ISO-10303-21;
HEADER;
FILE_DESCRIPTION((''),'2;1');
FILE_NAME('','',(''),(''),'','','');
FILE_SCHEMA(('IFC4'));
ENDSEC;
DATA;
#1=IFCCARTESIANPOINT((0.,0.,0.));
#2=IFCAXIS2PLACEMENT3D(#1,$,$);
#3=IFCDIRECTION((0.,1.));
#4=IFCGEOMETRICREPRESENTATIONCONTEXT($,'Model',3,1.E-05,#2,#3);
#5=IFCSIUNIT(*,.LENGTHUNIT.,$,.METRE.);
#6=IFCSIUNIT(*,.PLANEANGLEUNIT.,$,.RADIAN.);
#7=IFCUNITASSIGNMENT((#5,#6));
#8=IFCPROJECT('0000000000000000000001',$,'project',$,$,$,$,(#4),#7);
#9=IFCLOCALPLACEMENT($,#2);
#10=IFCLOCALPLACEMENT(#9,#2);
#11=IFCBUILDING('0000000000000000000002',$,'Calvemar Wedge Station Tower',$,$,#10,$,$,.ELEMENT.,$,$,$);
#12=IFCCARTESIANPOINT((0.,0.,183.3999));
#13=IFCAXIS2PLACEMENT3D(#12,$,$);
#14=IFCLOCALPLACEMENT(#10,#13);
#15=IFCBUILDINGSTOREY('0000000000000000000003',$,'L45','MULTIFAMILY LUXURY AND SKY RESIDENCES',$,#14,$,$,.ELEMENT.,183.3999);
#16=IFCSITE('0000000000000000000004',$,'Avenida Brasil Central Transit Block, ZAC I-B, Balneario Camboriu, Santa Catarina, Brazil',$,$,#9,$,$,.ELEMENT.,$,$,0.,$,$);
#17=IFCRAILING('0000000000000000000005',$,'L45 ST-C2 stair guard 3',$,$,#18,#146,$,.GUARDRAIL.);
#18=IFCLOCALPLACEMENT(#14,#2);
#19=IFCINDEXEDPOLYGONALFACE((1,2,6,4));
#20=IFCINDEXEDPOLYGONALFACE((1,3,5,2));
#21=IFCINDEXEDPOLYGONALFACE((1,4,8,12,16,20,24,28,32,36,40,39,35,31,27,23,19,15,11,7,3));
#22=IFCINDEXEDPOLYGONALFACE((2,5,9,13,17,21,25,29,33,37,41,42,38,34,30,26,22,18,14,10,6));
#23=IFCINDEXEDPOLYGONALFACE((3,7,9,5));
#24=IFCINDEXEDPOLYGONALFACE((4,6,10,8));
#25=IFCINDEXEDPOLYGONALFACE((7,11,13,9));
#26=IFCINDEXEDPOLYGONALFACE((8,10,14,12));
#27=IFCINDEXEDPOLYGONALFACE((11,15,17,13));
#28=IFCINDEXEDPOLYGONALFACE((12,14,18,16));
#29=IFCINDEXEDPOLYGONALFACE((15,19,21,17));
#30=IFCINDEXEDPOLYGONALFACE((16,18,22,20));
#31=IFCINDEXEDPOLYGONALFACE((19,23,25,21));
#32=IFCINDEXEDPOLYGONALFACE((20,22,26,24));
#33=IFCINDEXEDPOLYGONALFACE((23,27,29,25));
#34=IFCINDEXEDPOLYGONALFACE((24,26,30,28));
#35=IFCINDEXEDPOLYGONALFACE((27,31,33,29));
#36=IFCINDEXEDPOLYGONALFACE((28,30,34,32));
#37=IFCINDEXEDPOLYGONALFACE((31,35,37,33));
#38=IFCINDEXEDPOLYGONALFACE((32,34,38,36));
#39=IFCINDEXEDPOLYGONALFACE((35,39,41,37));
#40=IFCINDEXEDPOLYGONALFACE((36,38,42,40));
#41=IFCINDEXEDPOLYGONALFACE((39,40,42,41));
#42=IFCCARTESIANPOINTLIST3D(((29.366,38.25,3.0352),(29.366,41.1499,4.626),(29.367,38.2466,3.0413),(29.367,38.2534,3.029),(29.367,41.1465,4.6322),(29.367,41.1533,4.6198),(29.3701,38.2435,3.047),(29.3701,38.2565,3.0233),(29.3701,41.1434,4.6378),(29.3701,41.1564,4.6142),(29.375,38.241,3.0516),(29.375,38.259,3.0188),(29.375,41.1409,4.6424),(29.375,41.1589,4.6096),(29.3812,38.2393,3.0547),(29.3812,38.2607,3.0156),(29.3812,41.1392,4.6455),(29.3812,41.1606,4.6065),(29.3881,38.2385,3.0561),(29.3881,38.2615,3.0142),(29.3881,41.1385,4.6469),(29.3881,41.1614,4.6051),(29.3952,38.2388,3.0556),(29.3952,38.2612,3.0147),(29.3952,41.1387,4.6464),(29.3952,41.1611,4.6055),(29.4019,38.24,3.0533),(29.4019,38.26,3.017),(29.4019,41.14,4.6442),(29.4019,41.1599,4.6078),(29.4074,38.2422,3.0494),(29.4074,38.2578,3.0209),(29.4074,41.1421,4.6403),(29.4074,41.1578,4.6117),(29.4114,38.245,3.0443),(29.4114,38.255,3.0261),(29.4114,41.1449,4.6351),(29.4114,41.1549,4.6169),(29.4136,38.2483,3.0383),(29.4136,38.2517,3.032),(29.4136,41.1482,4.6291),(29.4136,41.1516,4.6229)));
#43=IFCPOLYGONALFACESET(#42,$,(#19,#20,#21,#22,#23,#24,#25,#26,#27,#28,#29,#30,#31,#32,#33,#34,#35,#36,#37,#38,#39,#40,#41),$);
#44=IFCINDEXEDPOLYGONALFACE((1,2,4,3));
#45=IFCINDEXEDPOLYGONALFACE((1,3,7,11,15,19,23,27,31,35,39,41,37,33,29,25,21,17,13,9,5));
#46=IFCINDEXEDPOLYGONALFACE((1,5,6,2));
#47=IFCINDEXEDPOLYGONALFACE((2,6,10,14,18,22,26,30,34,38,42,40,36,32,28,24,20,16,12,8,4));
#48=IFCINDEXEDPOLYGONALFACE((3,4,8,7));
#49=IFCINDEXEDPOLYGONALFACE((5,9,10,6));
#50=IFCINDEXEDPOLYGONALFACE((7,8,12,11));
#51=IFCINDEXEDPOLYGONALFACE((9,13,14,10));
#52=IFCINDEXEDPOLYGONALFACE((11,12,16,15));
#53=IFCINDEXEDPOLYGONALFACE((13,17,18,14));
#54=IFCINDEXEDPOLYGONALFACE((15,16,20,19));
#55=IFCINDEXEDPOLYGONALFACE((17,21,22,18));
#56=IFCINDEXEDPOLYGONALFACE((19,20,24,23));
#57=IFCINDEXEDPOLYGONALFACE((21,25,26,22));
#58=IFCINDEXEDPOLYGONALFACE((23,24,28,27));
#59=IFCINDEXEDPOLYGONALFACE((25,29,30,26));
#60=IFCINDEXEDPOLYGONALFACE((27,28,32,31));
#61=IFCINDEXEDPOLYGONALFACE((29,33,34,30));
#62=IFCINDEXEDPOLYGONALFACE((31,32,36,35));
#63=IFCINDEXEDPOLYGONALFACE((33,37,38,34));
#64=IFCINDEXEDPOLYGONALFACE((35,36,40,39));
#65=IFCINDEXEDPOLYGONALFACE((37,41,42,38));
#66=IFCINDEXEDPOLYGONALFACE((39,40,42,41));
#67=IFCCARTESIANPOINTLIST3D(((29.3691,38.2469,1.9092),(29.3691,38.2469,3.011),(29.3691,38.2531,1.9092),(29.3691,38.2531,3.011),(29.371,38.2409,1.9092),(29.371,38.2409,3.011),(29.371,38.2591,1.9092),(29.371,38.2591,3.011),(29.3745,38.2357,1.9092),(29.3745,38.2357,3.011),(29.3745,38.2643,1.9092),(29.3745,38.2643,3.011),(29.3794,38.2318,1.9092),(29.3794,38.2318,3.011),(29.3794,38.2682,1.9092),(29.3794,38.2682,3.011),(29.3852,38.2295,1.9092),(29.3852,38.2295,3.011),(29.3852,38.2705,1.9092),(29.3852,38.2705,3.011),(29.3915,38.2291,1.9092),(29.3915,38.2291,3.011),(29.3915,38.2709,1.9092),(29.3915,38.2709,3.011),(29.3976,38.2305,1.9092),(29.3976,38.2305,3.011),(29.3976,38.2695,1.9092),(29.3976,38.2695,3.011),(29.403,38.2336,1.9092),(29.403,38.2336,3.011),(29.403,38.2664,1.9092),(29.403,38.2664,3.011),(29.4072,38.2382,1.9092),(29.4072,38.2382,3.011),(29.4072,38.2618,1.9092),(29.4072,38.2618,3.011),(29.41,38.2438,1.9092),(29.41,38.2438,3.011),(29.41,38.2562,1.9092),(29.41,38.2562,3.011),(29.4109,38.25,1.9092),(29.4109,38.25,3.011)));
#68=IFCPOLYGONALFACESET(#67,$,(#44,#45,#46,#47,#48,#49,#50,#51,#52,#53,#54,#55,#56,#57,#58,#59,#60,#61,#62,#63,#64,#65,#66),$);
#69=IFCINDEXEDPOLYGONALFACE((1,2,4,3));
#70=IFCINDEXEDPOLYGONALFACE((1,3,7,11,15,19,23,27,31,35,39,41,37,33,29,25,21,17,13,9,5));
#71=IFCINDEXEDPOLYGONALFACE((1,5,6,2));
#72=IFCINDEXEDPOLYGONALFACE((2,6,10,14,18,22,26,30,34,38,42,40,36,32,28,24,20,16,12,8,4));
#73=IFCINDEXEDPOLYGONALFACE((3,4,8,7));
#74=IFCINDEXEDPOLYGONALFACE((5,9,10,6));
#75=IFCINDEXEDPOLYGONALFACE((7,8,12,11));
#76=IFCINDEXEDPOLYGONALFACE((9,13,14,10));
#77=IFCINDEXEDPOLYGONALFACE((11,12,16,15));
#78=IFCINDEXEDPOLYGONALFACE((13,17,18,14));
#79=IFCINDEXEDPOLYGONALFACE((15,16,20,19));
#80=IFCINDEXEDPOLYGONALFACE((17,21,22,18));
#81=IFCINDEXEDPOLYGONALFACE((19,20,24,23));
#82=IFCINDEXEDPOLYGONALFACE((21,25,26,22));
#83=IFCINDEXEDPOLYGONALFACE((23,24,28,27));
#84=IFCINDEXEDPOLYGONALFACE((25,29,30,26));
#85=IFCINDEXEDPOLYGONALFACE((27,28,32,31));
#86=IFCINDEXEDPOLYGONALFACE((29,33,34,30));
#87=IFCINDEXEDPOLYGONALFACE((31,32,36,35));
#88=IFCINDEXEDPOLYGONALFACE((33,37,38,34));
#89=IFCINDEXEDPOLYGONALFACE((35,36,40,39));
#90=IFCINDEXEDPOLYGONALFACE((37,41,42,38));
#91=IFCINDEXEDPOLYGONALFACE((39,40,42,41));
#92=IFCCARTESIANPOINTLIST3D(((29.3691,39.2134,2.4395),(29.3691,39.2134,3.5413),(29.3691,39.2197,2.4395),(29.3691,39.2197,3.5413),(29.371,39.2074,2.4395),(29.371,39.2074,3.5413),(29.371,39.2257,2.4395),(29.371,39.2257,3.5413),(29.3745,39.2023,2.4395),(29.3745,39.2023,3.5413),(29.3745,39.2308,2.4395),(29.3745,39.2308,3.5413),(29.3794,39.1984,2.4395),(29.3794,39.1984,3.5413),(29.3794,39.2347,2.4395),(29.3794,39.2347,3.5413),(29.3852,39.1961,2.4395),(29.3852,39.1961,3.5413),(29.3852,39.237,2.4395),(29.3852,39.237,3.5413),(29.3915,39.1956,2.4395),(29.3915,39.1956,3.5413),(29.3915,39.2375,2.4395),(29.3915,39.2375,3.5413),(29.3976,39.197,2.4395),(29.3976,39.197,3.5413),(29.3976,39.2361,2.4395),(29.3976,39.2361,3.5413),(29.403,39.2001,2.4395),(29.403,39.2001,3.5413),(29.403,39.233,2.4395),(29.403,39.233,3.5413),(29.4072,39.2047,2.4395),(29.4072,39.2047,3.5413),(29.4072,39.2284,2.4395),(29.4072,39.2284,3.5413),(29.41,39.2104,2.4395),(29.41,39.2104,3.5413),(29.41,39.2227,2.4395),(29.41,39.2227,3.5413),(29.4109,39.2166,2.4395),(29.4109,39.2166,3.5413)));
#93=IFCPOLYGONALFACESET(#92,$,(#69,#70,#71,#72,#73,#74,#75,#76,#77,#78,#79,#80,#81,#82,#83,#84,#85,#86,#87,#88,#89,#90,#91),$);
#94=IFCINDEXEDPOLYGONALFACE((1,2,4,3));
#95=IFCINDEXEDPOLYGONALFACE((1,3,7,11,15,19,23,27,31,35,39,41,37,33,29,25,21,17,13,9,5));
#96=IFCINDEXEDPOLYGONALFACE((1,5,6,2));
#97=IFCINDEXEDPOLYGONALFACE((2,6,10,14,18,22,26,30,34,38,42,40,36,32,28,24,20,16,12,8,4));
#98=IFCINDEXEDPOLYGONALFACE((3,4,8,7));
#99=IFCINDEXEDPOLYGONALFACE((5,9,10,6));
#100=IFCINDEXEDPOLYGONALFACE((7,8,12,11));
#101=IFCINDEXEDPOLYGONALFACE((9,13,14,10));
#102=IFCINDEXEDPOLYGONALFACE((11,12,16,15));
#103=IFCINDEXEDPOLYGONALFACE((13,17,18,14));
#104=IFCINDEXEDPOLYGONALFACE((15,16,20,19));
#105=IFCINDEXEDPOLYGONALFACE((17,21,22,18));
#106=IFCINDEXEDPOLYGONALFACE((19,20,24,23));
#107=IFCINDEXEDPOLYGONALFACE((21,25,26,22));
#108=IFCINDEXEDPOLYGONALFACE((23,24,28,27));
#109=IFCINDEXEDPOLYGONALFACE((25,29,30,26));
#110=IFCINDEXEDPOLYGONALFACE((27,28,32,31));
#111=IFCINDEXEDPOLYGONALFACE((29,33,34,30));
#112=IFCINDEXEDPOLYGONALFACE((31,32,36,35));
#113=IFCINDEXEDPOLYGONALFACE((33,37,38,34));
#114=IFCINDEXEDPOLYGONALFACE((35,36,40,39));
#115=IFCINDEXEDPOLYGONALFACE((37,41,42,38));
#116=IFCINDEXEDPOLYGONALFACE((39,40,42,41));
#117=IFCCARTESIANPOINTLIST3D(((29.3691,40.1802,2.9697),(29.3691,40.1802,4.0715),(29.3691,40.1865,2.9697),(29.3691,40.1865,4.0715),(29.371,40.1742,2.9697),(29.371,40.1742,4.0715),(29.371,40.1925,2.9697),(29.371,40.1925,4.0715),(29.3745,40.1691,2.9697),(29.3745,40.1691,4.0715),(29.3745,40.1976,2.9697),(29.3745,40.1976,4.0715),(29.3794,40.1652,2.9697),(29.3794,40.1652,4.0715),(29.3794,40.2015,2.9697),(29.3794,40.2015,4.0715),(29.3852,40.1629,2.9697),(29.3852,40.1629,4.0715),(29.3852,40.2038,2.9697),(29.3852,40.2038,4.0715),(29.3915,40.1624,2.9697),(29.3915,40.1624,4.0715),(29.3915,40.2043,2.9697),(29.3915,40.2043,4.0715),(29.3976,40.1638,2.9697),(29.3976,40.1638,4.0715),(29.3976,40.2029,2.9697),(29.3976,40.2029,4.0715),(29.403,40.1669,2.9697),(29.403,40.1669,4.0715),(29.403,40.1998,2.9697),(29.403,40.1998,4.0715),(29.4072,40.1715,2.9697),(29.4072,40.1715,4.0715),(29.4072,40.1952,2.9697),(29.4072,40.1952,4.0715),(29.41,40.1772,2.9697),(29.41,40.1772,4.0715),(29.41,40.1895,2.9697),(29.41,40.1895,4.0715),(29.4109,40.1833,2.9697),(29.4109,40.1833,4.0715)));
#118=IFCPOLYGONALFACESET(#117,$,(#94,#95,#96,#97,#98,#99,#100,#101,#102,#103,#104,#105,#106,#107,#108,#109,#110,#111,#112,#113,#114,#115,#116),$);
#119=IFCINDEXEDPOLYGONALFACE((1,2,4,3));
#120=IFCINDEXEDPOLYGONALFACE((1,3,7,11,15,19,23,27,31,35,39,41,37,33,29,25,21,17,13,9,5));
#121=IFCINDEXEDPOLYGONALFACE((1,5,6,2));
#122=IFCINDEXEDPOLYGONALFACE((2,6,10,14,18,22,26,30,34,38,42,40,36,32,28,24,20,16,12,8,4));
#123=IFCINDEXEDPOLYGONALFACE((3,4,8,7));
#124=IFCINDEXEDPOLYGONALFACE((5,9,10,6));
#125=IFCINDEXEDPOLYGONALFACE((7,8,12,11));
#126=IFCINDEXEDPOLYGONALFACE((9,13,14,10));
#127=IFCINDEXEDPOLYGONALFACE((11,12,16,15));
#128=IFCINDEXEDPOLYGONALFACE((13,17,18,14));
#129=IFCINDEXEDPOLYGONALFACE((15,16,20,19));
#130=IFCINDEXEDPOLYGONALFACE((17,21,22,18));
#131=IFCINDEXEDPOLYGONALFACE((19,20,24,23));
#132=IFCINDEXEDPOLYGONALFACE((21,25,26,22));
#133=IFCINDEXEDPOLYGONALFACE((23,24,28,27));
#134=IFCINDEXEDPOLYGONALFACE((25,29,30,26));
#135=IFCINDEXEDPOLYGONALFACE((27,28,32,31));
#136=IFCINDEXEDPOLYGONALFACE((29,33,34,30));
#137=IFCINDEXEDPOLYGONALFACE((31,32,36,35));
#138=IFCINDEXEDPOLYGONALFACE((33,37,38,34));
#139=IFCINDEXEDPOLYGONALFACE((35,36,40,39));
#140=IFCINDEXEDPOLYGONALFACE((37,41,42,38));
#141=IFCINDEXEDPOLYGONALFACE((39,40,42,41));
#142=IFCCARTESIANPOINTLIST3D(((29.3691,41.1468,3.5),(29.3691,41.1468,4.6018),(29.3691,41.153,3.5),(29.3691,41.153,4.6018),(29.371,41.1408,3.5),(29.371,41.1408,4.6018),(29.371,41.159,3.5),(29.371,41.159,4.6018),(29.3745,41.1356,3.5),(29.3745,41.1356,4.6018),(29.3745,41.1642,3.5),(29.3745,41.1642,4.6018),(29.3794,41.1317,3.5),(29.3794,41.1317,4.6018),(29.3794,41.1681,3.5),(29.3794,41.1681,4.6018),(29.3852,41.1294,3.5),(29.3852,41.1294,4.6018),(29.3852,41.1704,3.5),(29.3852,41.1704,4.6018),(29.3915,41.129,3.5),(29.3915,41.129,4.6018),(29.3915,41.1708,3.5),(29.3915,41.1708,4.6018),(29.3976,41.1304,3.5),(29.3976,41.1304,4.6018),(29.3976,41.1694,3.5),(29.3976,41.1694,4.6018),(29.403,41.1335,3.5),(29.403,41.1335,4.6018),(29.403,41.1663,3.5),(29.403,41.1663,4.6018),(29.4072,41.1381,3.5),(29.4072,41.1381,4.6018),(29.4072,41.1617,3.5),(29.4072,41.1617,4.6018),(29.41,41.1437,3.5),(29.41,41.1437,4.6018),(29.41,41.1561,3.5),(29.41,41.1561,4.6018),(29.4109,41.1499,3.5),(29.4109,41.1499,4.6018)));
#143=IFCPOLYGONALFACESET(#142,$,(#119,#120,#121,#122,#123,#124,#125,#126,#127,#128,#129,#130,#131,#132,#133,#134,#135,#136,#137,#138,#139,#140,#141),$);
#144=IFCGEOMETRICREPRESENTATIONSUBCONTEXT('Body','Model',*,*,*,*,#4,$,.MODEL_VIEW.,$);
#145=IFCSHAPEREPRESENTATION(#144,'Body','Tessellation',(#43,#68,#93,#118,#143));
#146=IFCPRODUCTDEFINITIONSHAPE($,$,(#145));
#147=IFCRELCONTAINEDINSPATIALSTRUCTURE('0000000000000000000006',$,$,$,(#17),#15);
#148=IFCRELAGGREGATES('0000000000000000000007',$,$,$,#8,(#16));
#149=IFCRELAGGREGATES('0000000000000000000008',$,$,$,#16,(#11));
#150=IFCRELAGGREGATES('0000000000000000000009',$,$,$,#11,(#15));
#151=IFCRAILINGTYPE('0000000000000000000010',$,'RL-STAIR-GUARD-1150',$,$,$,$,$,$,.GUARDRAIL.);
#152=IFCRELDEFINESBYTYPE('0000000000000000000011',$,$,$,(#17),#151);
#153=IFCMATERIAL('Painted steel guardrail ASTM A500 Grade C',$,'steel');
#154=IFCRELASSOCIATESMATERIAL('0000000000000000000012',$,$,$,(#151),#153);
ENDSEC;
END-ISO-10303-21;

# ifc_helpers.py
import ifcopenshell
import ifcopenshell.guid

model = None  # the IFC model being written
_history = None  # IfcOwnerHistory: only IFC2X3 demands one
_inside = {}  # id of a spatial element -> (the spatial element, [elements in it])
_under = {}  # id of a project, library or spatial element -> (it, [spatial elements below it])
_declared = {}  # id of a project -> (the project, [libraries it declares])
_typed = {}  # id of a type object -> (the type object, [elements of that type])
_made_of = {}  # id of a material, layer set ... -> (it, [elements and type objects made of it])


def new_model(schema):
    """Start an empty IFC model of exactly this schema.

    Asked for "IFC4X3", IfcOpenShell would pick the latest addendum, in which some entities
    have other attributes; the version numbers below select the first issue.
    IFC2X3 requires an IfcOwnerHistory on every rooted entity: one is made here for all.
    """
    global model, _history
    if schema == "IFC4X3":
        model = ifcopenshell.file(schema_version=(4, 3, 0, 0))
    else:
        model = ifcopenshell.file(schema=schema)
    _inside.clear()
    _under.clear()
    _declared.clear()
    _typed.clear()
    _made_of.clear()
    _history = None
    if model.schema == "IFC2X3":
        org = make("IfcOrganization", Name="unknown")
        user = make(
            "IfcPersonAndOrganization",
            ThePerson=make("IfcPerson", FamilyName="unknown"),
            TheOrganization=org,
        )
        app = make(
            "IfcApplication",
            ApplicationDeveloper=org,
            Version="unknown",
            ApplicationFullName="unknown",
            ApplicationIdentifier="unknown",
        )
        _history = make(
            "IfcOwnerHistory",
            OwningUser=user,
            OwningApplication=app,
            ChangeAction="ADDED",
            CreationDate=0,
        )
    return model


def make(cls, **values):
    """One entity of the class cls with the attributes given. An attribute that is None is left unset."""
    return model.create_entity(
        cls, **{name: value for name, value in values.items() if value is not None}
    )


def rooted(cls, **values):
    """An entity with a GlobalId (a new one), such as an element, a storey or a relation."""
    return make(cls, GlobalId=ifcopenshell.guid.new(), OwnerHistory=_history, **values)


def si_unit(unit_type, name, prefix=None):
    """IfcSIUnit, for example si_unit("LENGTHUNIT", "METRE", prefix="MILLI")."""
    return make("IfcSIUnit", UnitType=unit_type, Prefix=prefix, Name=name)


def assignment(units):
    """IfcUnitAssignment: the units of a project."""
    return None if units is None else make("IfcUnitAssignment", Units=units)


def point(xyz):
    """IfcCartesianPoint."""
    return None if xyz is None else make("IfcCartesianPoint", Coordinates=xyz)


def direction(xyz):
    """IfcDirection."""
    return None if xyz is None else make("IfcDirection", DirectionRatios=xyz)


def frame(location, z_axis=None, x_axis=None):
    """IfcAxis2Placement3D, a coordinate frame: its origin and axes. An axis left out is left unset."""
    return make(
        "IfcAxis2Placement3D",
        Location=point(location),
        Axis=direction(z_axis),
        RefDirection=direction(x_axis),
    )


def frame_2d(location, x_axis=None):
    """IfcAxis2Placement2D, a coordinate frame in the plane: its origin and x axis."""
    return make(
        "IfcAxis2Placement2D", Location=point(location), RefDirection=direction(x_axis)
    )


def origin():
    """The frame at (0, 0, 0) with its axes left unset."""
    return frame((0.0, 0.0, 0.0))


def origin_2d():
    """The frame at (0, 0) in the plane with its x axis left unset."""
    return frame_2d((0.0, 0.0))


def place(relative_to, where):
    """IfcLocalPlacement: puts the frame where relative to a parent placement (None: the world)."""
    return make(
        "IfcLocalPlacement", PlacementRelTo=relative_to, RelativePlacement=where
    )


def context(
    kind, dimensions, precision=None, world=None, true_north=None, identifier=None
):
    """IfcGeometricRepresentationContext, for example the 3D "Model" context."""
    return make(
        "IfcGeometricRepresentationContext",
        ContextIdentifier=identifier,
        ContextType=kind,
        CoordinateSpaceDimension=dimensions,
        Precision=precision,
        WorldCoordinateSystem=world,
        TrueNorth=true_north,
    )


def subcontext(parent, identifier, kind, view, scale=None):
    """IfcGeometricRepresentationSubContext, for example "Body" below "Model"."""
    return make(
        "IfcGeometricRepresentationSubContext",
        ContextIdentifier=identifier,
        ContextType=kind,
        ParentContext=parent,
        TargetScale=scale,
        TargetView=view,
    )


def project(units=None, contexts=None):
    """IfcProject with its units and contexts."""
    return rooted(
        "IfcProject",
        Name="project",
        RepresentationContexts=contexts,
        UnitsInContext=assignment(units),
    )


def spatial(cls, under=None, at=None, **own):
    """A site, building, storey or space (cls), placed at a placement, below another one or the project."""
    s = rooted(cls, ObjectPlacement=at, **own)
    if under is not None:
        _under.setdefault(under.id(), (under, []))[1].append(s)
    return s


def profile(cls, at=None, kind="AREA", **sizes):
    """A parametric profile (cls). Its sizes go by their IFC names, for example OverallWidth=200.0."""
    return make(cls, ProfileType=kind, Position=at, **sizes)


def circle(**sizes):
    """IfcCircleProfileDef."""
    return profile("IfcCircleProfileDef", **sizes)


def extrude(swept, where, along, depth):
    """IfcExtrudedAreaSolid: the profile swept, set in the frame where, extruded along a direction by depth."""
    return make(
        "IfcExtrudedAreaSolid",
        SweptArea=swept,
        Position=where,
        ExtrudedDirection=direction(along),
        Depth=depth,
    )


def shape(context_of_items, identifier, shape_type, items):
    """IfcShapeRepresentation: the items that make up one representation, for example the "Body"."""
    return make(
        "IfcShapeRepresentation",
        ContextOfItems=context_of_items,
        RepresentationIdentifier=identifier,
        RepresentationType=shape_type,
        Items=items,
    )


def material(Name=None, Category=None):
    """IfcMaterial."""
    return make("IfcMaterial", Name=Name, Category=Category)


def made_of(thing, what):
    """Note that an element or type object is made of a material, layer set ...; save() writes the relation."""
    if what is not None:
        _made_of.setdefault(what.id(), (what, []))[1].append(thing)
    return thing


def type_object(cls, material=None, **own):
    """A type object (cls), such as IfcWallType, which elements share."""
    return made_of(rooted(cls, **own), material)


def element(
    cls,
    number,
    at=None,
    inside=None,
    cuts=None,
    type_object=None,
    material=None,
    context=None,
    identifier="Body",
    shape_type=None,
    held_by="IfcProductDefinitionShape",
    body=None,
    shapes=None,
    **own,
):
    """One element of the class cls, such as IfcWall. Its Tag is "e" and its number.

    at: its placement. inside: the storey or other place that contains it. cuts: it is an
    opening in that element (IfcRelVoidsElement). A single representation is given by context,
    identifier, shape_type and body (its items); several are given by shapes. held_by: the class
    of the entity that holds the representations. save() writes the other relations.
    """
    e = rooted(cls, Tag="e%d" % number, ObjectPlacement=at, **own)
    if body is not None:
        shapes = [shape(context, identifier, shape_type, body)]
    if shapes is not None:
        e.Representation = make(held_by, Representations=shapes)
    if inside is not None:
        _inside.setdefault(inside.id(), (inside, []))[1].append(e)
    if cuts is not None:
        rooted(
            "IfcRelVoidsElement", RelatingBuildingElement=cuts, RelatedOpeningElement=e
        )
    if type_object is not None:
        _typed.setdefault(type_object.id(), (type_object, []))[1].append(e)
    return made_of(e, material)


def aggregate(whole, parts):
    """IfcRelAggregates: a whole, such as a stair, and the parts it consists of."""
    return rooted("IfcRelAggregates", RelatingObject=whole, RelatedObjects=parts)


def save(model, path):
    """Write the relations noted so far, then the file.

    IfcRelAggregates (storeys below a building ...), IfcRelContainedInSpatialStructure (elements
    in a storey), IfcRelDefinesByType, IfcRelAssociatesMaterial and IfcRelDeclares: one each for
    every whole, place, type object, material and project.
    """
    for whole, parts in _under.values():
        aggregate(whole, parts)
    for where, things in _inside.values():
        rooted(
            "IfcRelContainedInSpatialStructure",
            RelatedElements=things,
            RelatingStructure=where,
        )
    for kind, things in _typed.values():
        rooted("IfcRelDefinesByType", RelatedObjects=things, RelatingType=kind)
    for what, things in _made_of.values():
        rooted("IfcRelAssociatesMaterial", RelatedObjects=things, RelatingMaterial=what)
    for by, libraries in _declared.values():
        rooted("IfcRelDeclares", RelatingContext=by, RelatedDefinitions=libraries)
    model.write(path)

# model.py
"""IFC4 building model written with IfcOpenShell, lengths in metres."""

from ifc_helpers import new_model, si_unit, direction, frame, origin, origin_2d, place, context, subcontext, project, spatial, circle, extrude, material, type_object, element, save


model = new_model("IFC4")

# Units and contexts
model_context = context("Model", 3, precision=1e-05, world=origin(), true_north=direction((0.0, 1.0)))
body_context = subcontext(model_context, "Body", "Model", "MODEL_VIEW")
ifc_project = project(units=[si_unit("LENGTHUNIT", "METRE"), si_unit("PLANEANGLEUNIT", "RADIAN")], contexts=[model_context])

# Site, building, storey
site_placement = place(None, origin())
site = spatial("IfcSite", under=ifc_project, at=site_placement, Name="Avenida Brasil Central Transit Block, ZAC I-B, Balneario Camboriu, Santa Catarina, Brazil", CompositionType="ELEMENT", RefElevation=0.0)
building_placement = place(site_placement, origin())
building = spatial("IfcBuilding", under=site, at=building_placement, Name="Calvemar Wedge Station Tower", CompositionType="ELEMENT")
storey_placement = place(building_placement, frame((0.0, 0.0, 183.3999)))
storey = spatial("IfcBuildingStorey", under=building, at=storey_placement, Name="L45", Description="MULTIFAMILY LUXURY AND SKY RESIDENCES", CompositionType="ELEMENT", Elevation=183.3999)

# Railing
ifc_material_1 = material(Name="Painted steel guardrail ASTM A500 Grade C", Category="steel")
railing_type_1 = type_object("IfcRailingType", Name="RL-STAIR-GUARD-1150", PredefinedType="GUARDRAIL", material=ifc_material_1)
railing_1_placement = place(storey_placement, frame((29.3899, 38.25, 1.9092)))
element("IfcRailing", 1, at=railing_1_placement, inside=storey, type_object=railing_type_1, Name="L45 ST-C2 stair guard 3", PredefinedType="GUARDRAIL", context=body_context, shape_type="SweptSolid", body=[
    extrude(circle(Radius=0.0239, at=origin_2d()), frame((0.0, 0.0, 1.126), z_axis=(0.0, 0.876742, 0.480961), x_axis=(-1.0, 0.0, 0.0)), (0.0, 0.0, 1.0), 3.3076),
    extrude(circle(Radius=0.021, at=origin_2d()), origin(), (0.0, 0.0, 1.0), 1.1018),
    extrude(circle(Radius=0.021, at=origin_2d()), frame((0.0, 0.9666, 0.5303)), (0.0, 0.0, 1.0), 1.1018),
    extrude(circle(Radius=0.021, at=origin_2d()), frame((0.0, 1.9333, 1.0605)), (0.0, 0.0, 1.0), 1.1018),
    extrude(circle(Radius=0.021, at=origin_2d()), frame((0.0, 2.8999, 1.5908)), (0.0, 0.0, 1.0), 1.1018),
])

save(model, "model.ifc")
